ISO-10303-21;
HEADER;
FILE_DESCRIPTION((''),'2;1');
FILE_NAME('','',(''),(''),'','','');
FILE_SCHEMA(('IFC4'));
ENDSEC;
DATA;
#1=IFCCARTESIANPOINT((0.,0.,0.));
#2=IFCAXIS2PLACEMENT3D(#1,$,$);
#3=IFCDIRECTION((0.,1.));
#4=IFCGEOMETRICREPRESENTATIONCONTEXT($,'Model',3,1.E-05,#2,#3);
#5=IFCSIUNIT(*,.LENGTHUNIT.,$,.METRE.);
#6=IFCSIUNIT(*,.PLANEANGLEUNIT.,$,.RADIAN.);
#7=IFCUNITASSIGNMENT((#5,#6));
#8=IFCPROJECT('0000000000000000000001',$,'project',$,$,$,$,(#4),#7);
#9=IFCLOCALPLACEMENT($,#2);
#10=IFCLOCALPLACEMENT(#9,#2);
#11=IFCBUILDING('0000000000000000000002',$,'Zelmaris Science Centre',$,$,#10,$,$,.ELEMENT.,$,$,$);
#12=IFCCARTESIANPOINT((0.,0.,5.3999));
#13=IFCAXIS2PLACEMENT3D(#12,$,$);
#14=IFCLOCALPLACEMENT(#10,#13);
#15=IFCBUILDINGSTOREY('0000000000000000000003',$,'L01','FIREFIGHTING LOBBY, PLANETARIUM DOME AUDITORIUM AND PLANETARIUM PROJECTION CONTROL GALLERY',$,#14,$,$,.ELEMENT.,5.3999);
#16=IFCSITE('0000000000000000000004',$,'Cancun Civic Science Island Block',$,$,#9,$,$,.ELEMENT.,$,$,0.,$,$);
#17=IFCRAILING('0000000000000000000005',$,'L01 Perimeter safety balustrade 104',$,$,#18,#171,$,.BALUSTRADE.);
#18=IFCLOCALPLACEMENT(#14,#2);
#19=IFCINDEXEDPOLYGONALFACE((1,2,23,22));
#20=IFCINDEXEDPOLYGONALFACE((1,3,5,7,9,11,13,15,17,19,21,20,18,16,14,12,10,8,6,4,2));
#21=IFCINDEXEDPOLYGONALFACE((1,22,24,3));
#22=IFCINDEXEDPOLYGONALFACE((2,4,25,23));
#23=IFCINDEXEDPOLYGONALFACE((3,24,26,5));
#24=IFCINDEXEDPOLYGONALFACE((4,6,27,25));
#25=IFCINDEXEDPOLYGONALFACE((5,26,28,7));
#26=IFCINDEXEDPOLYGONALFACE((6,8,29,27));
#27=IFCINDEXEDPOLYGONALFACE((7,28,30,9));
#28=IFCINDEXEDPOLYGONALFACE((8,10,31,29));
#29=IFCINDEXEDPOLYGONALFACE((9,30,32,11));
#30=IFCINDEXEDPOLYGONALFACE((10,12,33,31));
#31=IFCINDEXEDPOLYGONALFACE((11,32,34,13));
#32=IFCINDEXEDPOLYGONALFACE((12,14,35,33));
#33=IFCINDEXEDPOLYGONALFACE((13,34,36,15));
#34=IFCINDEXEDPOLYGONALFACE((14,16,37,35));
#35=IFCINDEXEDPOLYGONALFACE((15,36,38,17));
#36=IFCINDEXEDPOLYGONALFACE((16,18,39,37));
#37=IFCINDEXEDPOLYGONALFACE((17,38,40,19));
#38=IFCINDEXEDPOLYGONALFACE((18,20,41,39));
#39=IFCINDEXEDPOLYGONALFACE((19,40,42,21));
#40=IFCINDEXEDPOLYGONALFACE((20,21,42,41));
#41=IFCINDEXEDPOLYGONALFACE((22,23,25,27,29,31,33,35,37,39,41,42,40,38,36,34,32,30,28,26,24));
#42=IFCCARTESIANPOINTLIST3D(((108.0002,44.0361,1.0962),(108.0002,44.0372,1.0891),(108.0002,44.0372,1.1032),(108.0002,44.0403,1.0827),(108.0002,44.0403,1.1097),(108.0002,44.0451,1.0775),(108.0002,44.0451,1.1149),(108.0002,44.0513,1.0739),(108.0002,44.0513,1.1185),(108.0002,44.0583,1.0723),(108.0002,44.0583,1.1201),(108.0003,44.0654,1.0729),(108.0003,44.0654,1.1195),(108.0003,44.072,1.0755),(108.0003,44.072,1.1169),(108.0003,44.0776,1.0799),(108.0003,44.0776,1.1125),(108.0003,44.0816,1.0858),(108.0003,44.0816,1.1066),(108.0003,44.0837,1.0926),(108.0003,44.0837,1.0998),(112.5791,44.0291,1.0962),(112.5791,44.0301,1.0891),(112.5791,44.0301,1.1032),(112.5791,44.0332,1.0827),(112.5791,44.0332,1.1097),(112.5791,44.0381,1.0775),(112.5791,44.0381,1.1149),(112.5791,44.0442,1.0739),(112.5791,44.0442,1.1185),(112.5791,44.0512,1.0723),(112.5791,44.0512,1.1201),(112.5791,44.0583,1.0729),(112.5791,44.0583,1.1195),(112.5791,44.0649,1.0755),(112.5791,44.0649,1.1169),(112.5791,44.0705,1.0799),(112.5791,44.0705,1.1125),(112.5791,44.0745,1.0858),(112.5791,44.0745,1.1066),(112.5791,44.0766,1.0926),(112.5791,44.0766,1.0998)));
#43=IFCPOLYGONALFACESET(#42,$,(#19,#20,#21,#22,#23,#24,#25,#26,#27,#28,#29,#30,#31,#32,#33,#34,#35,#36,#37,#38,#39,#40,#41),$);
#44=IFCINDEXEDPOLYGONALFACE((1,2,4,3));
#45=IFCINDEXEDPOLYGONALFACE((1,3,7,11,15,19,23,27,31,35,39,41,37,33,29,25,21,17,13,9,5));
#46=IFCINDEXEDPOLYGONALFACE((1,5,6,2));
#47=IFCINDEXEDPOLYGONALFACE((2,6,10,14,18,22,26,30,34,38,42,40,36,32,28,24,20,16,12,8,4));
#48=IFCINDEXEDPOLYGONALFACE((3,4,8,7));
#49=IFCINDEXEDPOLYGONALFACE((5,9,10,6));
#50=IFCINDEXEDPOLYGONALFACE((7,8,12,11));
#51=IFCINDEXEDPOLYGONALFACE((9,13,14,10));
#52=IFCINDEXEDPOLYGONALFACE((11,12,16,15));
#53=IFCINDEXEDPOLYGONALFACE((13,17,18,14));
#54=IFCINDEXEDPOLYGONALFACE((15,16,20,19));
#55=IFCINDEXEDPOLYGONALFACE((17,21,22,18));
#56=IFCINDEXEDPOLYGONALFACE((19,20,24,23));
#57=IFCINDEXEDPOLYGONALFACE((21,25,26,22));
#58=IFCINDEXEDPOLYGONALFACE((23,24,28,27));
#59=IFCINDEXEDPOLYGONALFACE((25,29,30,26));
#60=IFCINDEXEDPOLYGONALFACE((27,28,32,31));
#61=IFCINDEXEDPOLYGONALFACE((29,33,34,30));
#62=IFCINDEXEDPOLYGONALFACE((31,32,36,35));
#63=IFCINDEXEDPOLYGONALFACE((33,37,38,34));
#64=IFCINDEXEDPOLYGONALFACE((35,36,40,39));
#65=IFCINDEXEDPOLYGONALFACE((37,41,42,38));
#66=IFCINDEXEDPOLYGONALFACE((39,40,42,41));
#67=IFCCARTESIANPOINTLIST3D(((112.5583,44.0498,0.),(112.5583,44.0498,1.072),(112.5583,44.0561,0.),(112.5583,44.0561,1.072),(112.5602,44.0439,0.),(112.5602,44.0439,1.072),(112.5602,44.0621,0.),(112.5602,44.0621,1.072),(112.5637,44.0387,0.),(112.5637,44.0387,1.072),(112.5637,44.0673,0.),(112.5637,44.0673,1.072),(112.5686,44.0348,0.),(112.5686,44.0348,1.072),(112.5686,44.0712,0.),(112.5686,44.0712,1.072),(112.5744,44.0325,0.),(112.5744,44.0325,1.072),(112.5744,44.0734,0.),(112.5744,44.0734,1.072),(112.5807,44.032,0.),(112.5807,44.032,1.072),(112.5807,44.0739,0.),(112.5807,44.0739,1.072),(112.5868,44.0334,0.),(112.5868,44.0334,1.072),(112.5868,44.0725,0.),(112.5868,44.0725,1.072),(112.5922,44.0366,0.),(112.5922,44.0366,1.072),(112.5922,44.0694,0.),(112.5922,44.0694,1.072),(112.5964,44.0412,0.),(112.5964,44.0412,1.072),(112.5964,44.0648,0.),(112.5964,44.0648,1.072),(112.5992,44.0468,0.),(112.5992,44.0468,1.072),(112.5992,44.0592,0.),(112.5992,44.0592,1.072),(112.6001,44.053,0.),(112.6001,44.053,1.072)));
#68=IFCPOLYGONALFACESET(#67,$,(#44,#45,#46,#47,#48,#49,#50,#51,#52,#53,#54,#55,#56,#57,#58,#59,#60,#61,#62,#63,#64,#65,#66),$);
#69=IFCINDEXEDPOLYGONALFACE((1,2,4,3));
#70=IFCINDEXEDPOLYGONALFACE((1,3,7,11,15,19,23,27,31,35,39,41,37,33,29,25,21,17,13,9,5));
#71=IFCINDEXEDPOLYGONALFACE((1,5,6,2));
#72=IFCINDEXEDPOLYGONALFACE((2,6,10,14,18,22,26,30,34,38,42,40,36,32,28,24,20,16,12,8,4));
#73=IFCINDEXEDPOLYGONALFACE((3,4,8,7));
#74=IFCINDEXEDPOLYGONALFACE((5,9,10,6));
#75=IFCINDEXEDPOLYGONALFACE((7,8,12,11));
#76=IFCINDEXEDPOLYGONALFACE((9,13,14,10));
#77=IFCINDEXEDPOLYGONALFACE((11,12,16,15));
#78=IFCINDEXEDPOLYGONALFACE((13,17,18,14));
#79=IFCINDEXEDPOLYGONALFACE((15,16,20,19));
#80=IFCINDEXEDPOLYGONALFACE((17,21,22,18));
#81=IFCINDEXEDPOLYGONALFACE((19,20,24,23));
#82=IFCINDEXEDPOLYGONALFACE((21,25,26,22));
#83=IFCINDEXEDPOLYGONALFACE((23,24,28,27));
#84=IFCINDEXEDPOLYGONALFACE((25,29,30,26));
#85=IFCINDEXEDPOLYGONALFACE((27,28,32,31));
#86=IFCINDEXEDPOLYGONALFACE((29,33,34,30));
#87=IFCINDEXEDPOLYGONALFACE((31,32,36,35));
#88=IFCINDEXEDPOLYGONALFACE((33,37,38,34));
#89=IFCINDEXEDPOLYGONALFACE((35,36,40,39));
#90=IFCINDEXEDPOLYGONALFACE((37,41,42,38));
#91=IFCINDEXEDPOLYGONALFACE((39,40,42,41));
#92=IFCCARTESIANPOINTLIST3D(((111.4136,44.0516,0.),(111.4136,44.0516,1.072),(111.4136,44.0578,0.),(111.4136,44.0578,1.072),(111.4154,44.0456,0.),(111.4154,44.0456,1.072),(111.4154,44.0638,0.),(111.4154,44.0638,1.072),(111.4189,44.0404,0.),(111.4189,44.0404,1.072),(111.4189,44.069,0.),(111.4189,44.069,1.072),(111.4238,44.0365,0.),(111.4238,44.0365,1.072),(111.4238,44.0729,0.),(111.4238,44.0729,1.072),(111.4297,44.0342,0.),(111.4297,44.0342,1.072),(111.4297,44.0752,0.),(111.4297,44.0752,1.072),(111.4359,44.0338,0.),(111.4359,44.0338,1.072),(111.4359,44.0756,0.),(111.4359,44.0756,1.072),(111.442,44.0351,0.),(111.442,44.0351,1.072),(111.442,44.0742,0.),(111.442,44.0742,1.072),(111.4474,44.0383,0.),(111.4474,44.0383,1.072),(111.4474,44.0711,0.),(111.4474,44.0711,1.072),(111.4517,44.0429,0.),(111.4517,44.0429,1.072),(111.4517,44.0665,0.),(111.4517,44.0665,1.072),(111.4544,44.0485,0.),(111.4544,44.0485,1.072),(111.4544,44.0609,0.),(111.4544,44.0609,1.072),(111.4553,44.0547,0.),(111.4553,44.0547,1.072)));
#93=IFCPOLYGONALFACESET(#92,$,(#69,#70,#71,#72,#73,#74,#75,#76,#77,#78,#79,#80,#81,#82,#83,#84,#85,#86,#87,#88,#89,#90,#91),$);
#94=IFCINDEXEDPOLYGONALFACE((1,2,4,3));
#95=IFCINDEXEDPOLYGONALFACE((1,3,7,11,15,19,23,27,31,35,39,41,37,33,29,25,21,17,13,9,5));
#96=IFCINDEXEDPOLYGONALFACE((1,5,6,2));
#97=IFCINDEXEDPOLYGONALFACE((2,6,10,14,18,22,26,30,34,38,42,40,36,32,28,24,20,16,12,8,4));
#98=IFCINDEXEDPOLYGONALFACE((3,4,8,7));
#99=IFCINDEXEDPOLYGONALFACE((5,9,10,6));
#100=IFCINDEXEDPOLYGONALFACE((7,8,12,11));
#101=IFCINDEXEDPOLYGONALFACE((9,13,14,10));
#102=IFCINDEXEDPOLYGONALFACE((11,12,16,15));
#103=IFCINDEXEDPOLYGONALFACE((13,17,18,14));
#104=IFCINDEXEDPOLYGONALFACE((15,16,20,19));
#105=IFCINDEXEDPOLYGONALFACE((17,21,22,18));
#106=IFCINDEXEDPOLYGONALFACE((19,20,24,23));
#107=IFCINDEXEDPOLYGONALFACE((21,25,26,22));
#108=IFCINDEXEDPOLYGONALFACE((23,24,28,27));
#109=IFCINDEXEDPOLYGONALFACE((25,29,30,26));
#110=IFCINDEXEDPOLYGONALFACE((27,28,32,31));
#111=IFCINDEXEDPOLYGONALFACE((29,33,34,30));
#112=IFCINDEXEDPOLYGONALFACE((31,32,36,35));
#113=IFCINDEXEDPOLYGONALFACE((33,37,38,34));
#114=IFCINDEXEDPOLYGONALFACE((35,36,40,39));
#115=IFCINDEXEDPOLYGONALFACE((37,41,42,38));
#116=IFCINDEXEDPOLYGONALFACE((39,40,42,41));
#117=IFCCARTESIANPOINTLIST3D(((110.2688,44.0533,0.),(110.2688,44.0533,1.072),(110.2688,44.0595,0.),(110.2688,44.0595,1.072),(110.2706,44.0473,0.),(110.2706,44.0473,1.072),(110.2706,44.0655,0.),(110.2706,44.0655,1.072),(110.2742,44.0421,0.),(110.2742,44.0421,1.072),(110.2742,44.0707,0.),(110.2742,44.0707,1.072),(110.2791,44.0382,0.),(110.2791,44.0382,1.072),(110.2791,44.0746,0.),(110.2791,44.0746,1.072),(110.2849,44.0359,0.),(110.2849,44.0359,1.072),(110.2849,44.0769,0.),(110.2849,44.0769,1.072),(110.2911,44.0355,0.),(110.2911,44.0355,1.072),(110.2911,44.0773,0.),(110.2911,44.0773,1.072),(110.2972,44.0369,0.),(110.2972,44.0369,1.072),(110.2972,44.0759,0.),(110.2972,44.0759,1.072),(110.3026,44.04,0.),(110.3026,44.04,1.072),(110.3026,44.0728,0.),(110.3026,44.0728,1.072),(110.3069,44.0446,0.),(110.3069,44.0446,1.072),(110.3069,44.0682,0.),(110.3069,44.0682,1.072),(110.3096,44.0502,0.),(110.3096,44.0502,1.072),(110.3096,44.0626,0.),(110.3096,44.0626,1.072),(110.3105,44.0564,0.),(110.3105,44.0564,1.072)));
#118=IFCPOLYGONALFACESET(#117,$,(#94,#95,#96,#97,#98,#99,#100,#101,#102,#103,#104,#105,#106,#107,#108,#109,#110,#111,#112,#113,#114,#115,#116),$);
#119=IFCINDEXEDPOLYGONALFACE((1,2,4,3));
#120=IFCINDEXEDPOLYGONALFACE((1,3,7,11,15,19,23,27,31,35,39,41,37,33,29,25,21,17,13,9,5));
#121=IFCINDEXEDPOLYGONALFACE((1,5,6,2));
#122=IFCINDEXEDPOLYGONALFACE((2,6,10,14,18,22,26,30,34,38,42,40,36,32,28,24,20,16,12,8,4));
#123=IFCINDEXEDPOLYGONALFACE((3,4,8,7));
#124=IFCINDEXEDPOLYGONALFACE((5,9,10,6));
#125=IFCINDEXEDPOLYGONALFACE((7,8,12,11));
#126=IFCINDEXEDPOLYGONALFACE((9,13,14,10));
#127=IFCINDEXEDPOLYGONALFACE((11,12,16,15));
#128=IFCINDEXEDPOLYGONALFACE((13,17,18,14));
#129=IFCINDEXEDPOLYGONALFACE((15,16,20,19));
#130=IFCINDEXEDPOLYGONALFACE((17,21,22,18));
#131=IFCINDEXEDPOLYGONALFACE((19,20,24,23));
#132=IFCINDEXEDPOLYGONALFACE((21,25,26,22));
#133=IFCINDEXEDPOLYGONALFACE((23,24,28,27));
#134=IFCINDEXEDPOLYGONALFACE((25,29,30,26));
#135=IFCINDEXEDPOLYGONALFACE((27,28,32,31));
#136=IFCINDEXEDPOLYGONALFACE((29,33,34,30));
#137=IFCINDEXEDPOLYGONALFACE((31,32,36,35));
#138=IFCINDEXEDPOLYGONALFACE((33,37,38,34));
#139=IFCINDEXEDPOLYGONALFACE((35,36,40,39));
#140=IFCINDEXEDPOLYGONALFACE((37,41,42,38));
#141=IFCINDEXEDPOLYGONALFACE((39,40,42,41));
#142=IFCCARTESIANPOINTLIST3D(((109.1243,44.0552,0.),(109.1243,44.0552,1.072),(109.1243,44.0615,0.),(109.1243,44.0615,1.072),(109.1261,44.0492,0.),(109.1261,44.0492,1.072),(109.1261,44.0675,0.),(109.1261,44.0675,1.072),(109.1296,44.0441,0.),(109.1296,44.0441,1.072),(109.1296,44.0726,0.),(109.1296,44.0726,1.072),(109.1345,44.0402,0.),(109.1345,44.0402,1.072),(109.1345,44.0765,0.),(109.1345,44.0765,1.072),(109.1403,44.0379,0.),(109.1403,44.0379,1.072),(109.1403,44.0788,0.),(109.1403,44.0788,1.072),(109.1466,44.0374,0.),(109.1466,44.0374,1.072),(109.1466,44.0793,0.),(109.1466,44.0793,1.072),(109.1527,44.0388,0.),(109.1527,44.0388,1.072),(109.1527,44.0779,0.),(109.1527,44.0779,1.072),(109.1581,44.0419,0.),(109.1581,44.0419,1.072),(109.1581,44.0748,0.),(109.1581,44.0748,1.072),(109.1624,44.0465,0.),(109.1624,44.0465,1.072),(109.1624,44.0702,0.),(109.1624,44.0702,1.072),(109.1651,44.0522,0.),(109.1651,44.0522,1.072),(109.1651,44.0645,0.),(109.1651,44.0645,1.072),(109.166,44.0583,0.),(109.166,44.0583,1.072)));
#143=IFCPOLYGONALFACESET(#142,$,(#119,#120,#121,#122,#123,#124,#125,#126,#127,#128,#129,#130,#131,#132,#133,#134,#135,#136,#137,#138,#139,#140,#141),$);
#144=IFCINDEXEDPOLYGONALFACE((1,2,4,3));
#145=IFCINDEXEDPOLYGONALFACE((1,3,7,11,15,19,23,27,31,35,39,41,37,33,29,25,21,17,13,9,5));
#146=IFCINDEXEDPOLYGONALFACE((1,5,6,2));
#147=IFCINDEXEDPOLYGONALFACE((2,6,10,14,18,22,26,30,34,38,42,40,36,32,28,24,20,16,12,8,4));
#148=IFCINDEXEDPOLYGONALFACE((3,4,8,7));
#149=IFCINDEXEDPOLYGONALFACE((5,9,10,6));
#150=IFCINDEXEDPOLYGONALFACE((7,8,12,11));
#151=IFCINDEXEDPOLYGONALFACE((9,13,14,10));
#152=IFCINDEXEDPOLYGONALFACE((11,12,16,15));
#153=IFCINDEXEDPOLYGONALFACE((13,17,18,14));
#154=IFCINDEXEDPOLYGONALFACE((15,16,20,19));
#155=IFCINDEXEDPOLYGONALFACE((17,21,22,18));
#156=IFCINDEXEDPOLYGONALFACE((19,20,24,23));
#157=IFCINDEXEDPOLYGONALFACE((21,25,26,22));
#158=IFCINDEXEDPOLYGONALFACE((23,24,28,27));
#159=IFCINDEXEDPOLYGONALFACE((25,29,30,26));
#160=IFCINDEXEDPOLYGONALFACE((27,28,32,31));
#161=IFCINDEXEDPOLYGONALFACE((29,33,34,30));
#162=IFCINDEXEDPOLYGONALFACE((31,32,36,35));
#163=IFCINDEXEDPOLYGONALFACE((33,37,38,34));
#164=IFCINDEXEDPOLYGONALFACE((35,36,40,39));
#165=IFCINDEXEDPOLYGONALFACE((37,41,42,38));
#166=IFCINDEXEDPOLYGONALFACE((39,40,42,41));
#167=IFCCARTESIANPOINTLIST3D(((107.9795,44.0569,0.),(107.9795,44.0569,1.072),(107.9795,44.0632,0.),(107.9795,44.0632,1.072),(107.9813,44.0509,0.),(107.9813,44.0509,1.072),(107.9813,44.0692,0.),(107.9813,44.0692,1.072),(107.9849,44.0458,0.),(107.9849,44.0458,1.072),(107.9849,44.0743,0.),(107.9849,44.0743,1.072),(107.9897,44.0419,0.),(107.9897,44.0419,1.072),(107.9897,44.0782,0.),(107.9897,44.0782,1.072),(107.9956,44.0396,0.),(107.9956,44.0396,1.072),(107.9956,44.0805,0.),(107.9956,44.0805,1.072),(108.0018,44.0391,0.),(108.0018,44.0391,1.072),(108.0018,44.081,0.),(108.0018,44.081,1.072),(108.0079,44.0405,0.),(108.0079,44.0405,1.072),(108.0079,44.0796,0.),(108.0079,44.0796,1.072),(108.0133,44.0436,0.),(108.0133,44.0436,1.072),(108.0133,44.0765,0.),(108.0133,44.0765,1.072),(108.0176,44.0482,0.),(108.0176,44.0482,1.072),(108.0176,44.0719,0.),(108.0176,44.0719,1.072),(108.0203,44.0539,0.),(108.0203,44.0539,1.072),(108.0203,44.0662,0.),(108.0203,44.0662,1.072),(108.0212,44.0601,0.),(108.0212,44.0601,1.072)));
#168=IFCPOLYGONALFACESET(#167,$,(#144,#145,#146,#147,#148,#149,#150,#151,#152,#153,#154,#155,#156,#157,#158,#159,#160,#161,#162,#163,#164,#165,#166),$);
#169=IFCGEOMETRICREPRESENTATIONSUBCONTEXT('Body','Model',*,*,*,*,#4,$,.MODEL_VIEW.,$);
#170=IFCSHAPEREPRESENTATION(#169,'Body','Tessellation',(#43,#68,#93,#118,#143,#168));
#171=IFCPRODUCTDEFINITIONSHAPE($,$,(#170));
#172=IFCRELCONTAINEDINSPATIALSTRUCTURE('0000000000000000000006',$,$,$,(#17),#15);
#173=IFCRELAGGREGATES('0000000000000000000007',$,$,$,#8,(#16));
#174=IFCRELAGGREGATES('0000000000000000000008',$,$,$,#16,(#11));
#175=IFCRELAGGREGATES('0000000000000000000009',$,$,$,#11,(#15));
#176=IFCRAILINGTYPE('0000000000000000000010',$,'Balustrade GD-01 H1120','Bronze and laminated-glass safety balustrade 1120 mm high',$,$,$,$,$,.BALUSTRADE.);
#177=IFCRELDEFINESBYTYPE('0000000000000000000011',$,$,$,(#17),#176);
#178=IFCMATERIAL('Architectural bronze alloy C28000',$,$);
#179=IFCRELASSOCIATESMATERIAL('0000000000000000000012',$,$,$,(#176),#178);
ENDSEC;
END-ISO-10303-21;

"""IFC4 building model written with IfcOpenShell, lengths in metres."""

from ifc_helpers import new_model, si_unit, direction, frame, origin, origin_2d, place, context, subcontext, project, spatial, circle, extrude, material, type_object, element, save


model = new_model("IFC4")

# Units and contexts
model_context = context("Model", 3, precision=1e-05, world=origin(), true_north=direction((0.0, 1.0)))
body_context = subcontext(model_context, "Body", "Model", "MODEL_VIEW")
ifc_project = project(units=[si_unit("LENGTHUNIT", "METRE"), si_unit("PLANEANGLEUNIT", "RADIAN")], contexts=[model_context])

# Site, building, storey
site_placement = place(None, origin())
site = spatial("IfcSite", under=ifc_project, at=site_placement, Name="Cancun Civic Science Island Block", CompositionType="ELEMENT", RefElevation=0.0)
building_placement = place(site_placement, origin())
building = spatial("IfcBuilding", under=site, at=building_placement, Name="Zelmaris Science Centre", CompositionType="ELEMENT")
storey_placement = place(building_placement, frame((0.0, 0.0, 5.3999)))
storey = spatial("IfcBuildingStorey", under=building, at=storey_placement, Name="L01", Description="FIREFIGHTING LOBBY, PLANETARIUM DOME AUDITORIUM AND PLANETARIUM PROJECTION CONTROL GALLERY", CompositionType="ELEMENT", Elevation=5.3999)

# Railing
ifc_material_1 = material(Name="Architectural bronze alloy C28000")
railing_type = type_object("IfcRailingType", Name="Balustrade GD-01 H1120", Description="Bronze and laminated-glass safety balustrade 1120 mm high", PredefinedType="BALUSTRADE", material=ifc_material_1)
railing_1_placement = place(storey_placement, frame((112.5791, 44.053, 0.0)))
element("IfcRailing", 1, at=railing_1_placement, inside=storey, type_object=railing_type, Name="L01 Perimeter safety balustrade 104", PredefinedType="BALUSTRADE", context=body_context, shape_type="SweptSolid", body=[
    extrude(circle(Radius=0.0239, at=origin_2d()), frame((0.0, 0.0, 1.0962), z_axis=(-0.999999, 0.001546, 0.0), x_axis=(-0.001546, -0.999999, 0.0)), (0.0, 0.0, 1.0), 4.5789),
    extrude(circle(Radius=0.021, at=origin_2d()), origin(), (0.0, 0.0, 1.0), 1.072),
    extrude(circle(Radius=0.021, at=origin_2d()), frame((-1.1448, 0.0017, 0.0)), (0.0, 0.0, 1.0), 1.072),
    extrude(circle(Radius=0.021, at=origin_2d()), frame((-2.2896, 0.0034, 0.0)), (0.0, 0.0, 1.0), 1.072),
    extrude(circle(Radius=0.021, at=origin_2d()), frame((-3.4341, 0.0054, 0.0)), (0.0, 0.0, 1.0), 1.072),
    extrude(circle(Radius=0.021, at=origin_2d()), frame((-4.5789, 0.0071, 0.0)), (0.0, 0.0, 1.0), 1.072),
])

save(model, "model.ifc")
